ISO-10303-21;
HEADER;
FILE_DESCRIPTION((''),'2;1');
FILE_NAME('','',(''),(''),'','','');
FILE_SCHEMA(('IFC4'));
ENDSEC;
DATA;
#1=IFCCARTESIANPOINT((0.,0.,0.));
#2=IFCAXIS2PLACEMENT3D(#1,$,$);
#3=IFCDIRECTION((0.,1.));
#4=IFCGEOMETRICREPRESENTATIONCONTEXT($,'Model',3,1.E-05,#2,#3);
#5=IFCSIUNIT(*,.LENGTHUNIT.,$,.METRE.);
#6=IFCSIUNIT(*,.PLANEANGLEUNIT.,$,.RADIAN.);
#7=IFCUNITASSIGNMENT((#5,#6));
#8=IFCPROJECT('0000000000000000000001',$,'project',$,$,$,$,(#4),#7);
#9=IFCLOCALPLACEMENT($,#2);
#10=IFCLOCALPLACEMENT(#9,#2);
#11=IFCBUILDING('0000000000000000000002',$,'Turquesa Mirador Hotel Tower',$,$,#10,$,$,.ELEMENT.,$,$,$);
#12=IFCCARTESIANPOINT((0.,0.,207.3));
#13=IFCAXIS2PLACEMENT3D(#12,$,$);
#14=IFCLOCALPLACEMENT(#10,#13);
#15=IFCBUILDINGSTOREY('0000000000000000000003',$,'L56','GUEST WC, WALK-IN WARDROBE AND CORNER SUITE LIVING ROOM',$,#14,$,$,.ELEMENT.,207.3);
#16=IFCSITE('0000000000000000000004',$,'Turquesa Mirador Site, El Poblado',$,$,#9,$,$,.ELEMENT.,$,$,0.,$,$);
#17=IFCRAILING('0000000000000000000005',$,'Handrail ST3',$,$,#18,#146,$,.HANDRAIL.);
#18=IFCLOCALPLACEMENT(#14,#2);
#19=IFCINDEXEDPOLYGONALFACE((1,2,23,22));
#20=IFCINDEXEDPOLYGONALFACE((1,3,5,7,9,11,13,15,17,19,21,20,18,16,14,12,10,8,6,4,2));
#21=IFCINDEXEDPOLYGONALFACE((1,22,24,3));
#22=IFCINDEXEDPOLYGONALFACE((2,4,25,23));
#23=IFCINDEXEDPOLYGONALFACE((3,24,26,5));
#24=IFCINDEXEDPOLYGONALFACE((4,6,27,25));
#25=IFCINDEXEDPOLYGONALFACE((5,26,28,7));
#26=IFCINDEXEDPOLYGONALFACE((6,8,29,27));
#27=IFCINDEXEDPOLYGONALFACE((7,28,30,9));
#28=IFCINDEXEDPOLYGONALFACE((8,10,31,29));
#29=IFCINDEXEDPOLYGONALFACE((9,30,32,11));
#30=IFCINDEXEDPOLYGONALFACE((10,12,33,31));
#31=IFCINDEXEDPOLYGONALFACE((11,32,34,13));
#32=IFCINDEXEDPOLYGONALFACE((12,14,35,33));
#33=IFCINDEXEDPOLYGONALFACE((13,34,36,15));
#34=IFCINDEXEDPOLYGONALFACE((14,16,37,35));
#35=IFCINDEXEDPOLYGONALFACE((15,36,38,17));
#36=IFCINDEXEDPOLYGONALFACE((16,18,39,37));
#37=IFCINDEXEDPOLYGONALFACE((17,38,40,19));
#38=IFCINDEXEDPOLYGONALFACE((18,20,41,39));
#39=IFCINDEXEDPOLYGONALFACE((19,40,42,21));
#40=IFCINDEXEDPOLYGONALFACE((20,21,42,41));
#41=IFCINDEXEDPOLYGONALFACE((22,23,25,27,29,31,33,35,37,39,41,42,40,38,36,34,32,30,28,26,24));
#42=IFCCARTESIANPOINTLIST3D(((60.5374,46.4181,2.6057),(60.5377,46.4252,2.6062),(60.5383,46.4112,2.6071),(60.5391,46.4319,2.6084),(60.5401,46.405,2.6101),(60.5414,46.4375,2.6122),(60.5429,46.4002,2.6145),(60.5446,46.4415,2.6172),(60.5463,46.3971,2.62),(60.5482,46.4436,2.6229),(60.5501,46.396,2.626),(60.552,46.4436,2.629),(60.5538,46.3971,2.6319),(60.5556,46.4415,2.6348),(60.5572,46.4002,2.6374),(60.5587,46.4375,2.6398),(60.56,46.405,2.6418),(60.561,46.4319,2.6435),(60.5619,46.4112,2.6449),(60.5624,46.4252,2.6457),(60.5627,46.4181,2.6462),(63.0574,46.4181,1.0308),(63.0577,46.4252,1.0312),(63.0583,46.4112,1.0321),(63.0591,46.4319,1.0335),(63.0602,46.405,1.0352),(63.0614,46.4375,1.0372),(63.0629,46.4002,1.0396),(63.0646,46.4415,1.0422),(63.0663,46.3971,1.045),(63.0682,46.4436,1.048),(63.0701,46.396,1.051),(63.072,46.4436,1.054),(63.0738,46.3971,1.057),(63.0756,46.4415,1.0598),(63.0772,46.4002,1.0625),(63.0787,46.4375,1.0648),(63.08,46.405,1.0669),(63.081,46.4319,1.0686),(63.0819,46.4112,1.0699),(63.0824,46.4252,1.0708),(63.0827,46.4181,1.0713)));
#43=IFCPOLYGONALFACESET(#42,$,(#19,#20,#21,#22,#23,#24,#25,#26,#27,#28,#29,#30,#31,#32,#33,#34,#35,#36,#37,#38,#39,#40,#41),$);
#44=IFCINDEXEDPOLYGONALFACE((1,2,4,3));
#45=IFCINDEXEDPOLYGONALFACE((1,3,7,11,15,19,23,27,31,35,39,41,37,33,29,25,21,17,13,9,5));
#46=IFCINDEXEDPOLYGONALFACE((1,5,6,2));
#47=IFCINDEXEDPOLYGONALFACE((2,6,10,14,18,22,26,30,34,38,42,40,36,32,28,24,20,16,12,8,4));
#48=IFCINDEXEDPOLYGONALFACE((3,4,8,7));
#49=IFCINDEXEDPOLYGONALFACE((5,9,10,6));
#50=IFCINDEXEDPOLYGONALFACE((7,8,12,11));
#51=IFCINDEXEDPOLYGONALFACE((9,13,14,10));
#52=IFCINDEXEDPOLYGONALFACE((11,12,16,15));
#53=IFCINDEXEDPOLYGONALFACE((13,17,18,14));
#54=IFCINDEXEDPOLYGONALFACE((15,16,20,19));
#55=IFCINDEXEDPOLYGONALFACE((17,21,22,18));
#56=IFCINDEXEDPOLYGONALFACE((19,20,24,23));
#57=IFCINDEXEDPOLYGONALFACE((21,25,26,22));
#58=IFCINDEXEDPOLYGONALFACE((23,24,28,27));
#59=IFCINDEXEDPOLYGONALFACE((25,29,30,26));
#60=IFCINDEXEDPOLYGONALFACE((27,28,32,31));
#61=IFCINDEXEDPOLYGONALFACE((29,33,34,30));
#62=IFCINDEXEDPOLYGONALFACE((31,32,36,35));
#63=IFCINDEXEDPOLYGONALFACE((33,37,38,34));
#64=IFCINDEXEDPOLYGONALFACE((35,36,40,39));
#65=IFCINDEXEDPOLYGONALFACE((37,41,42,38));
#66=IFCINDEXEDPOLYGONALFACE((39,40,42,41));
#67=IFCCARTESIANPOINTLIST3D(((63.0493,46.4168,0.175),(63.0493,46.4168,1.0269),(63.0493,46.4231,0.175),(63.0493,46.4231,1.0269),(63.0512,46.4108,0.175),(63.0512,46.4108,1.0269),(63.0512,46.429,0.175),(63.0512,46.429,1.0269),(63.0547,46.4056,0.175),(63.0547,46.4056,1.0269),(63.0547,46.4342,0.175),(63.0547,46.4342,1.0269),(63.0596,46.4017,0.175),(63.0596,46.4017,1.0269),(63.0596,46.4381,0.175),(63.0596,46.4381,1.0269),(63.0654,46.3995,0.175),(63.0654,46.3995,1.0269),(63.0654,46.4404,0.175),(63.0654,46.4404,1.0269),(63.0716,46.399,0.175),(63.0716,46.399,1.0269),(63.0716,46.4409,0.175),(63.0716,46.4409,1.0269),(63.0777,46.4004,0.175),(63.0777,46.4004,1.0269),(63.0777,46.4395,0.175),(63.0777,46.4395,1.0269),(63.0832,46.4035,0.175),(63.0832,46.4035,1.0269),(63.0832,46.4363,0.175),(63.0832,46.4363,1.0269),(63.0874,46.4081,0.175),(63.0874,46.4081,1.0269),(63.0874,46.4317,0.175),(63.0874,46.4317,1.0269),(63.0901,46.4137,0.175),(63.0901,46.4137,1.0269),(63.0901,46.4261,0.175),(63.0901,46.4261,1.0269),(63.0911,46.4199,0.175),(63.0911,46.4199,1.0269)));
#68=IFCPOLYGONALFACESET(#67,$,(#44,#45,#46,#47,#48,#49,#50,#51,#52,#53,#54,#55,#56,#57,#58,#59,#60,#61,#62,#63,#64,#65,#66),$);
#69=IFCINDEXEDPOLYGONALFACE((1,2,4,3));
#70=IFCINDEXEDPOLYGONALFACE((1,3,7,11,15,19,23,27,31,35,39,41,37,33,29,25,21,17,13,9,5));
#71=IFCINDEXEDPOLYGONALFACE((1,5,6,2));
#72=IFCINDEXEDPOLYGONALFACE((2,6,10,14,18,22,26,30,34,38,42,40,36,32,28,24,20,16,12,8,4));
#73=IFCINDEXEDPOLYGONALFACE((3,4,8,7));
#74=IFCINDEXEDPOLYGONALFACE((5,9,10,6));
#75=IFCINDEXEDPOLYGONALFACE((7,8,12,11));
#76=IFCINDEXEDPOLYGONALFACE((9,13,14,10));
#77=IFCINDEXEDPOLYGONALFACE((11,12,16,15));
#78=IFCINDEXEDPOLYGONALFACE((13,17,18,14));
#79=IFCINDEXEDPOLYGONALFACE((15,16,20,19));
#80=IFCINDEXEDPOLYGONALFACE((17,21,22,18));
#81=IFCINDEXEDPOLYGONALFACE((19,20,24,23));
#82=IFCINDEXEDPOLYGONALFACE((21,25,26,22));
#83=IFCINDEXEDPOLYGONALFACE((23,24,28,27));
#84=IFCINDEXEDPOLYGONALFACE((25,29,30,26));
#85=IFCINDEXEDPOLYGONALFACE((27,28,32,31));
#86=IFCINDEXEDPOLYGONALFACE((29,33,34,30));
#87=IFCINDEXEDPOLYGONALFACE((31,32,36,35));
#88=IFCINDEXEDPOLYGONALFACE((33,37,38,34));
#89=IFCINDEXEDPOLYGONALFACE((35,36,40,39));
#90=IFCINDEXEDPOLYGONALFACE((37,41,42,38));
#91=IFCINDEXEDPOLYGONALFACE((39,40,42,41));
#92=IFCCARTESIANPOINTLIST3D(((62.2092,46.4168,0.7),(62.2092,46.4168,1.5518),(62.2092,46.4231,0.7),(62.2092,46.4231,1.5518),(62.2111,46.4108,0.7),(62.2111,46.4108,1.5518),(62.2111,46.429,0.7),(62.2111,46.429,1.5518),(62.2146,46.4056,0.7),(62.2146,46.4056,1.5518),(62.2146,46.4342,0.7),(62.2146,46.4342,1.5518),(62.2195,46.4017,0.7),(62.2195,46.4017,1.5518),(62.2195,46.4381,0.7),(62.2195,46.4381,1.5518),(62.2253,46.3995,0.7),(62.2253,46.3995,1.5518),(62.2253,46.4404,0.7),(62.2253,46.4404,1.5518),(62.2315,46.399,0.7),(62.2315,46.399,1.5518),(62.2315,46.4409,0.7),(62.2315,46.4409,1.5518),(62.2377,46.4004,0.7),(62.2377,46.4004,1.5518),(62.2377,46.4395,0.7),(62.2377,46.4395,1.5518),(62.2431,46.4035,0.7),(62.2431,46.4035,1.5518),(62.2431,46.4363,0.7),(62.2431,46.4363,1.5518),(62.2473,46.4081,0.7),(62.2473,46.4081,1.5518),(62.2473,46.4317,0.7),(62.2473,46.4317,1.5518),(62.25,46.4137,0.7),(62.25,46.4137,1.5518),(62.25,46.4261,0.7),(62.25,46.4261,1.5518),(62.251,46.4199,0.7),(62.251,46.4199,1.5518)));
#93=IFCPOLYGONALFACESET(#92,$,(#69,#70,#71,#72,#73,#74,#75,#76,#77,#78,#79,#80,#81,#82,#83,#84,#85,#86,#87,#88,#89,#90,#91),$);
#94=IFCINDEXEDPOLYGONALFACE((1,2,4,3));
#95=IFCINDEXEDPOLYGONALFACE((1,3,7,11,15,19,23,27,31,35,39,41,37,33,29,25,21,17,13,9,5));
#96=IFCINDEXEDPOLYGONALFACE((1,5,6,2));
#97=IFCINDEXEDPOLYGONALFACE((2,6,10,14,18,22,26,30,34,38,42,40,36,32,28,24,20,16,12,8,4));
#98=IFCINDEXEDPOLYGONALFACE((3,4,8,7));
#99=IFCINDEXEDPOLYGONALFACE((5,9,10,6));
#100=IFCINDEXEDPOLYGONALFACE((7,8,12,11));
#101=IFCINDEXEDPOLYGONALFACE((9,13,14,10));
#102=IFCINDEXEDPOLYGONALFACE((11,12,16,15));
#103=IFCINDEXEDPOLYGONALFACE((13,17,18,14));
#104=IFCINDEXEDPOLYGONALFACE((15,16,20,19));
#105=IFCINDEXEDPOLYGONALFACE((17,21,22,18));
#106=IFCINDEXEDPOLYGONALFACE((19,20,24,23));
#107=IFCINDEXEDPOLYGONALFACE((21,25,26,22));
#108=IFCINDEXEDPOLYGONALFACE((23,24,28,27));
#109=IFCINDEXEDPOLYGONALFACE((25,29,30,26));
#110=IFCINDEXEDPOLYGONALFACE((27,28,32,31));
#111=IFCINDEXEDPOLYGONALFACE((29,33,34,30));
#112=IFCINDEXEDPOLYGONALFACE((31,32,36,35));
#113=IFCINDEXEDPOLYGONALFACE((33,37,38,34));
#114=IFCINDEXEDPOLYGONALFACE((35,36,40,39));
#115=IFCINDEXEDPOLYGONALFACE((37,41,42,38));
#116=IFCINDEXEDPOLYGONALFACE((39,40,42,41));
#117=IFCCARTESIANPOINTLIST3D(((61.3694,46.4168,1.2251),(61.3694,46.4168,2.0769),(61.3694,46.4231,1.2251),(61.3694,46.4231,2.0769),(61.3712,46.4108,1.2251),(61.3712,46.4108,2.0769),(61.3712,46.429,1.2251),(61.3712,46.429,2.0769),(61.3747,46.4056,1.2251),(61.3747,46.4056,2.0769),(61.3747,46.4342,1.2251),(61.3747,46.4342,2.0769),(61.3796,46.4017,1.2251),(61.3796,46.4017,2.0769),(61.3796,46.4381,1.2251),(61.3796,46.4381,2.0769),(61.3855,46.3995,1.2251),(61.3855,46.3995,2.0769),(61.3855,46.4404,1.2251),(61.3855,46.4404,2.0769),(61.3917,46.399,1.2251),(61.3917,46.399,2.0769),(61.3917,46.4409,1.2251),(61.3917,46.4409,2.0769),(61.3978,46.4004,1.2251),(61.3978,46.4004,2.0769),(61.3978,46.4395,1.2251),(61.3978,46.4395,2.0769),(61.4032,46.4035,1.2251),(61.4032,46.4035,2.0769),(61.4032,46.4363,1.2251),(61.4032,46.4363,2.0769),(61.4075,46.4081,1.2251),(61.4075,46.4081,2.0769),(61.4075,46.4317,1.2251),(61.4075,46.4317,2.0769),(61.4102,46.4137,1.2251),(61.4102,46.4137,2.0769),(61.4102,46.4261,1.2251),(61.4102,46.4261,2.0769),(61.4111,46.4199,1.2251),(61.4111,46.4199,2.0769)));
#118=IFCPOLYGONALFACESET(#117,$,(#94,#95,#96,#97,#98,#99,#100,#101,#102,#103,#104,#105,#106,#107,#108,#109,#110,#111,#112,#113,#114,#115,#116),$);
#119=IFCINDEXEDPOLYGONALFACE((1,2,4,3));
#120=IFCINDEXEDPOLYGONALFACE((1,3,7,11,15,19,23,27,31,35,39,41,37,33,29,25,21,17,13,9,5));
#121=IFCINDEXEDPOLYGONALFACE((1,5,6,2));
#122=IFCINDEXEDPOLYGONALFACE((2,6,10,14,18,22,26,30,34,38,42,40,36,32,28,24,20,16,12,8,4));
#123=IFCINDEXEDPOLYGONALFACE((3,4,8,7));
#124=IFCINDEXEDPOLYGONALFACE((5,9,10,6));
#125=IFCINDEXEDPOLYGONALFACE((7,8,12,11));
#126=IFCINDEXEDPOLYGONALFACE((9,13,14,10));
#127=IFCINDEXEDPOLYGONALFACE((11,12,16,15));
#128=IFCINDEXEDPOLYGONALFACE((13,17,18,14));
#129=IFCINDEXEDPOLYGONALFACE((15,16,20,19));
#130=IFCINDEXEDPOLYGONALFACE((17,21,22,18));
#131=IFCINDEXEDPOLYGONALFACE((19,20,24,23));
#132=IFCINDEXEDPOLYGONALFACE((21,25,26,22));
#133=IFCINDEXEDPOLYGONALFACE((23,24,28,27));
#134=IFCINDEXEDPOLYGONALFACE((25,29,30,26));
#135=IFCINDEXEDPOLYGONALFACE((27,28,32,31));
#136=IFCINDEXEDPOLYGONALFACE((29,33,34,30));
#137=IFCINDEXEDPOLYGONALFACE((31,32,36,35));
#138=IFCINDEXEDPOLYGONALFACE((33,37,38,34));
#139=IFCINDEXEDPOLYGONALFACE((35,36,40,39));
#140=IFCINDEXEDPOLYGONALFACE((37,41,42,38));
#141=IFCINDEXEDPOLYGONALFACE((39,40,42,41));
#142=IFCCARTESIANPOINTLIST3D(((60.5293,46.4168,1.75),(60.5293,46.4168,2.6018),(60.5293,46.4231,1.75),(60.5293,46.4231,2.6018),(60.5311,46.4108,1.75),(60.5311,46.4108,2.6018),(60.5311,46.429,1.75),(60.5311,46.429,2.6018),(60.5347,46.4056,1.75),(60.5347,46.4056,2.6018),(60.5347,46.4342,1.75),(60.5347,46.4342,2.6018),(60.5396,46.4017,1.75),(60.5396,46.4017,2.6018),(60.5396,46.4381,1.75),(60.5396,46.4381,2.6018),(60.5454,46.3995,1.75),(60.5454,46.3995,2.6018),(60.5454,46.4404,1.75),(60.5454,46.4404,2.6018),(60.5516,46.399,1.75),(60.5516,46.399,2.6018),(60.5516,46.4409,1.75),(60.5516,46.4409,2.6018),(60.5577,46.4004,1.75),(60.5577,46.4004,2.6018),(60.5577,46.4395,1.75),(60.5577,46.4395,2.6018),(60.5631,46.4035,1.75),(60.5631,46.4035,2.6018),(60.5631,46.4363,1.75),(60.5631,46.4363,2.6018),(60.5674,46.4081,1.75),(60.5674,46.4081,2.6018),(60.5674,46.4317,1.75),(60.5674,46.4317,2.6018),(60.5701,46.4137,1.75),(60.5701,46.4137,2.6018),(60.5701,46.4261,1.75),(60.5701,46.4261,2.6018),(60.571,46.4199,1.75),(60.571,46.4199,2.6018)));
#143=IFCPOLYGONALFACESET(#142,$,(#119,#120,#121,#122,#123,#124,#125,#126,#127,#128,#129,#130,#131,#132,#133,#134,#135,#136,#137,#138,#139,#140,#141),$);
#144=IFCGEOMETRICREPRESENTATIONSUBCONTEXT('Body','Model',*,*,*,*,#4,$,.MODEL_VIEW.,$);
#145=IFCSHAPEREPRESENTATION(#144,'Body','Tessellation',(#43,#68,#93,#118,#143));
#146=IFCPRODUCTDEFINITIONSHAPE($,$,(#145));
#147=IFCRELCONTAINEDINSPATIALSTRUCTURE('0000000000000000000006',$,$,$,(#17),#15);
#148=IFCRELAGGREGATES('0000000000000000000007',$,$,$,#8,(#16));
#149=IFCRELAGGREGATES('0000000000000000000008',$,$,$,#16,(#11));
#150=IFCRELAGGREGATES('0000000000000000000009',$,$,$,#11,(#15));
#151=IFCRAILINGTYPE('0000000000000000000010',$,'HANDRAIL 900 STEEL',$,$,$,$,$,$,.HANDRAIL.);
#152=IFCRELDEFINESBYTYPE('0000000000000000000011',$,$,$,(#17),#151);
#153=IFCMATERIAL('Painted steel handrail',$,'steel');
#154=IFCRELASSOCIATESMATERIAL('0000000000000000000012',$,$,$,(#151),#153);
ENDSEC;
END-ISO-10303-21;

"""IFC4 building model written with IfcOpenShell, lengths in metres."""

from ifc_helpers import new_model, si_unit, direction, frame, origin, origin_2d, place, context, subcontext, project, spatial, circle, extrude, material, type_object, element, save


model = new_model("IFC4")

# Units and contexts
model_context = context("Model", 3, precision=1e-05, world=origin(), true_north=direction((0.0, 1.0)))
body_context = subcontext(model_context, "Body", "Model", "MODEL_VIEW")
ifc_project = project(units=[si_unit("LENGTHUNIT", "METRE"), si_unit("PLANEANGLEUNIT", "RADIAN")], contexts=[model_context])

# Site, building, storey
site_placement = place(None, origin())
site = spatial("IfcSite", under=ifc_project, at=site_placement, Name="Turquesa Mirador Site, El Poblado", CompositionType="ELEMENT", RefElevation=0.0)
building_placement = place(site_placement, origin())
building = spatial("IfcBuilding", under=site, at=building_placement, Name="Turquesa Mirador Hotel Tower", CompositionType="ELEMENT")
storey_placement = place(building_placement, frame((0.0, 0.0, 207.3)))
storey = spatial("IfcBuildingStorey", under=building, at=storey_placement, Name="L56", Description="GUEST WC, WALK-IN WARDROBE AND CORNER SUITE LIVING ROOM", CompositionType="ELEMENT", Elevation=207.3)

# Railing
ifc_material_1 = material(Name="Painted steel handrail", Category="steel")
railing_type = type_object("IfcRailingType", Name="HANDRAIL 900 STEEL", PredefinedType="HANDRAIL", material=ifc_material_1)
railing_1_placement = place(storey_placement, frame((63.0701, 46.4199, 0.175)))
element("IfcRailing", 1, at=railing_1_placement, inside=storey, type_object=railing_type, Name="Handrail ST3", PredefinedType="HANDRAIL", context=body_context, shape_type="SweptSolid", body=[
    extrude(circle(Radius=0.0239, at=origin_2d()), frame((0.0, 0.0, 0.876), z_axis=(-0.848008, 0.0, 0.529984), x_axis=(0.0, -1.0, 0.0)), (0.0, 0.0, 1.0), 2.9717),
    extrude(circle(Radius=0.021, at=origin_2d()), origin(), (0.0, 0.0, 1.0), 0.8518),
    extrude(circle(Radius=0.021, at=origin_2d()), frame((-0.8401, 0.0, 0.5249)), (0.0, 0.0, 1.0), 0.8518),
    extrude(circle(Radius=0.021, at=origin_2d()), frame((-1.6799, 0.0, 1.05)), (0.0, 0.0, 1.0), 0.8518),
    extrude(circle(Radius=0.021, at=origin_2d()), frame((-2.52, 0.0, 1.575)), (0.0, 0.0, 1.0), 0.8518),
])

save(model, "model.ifc")
